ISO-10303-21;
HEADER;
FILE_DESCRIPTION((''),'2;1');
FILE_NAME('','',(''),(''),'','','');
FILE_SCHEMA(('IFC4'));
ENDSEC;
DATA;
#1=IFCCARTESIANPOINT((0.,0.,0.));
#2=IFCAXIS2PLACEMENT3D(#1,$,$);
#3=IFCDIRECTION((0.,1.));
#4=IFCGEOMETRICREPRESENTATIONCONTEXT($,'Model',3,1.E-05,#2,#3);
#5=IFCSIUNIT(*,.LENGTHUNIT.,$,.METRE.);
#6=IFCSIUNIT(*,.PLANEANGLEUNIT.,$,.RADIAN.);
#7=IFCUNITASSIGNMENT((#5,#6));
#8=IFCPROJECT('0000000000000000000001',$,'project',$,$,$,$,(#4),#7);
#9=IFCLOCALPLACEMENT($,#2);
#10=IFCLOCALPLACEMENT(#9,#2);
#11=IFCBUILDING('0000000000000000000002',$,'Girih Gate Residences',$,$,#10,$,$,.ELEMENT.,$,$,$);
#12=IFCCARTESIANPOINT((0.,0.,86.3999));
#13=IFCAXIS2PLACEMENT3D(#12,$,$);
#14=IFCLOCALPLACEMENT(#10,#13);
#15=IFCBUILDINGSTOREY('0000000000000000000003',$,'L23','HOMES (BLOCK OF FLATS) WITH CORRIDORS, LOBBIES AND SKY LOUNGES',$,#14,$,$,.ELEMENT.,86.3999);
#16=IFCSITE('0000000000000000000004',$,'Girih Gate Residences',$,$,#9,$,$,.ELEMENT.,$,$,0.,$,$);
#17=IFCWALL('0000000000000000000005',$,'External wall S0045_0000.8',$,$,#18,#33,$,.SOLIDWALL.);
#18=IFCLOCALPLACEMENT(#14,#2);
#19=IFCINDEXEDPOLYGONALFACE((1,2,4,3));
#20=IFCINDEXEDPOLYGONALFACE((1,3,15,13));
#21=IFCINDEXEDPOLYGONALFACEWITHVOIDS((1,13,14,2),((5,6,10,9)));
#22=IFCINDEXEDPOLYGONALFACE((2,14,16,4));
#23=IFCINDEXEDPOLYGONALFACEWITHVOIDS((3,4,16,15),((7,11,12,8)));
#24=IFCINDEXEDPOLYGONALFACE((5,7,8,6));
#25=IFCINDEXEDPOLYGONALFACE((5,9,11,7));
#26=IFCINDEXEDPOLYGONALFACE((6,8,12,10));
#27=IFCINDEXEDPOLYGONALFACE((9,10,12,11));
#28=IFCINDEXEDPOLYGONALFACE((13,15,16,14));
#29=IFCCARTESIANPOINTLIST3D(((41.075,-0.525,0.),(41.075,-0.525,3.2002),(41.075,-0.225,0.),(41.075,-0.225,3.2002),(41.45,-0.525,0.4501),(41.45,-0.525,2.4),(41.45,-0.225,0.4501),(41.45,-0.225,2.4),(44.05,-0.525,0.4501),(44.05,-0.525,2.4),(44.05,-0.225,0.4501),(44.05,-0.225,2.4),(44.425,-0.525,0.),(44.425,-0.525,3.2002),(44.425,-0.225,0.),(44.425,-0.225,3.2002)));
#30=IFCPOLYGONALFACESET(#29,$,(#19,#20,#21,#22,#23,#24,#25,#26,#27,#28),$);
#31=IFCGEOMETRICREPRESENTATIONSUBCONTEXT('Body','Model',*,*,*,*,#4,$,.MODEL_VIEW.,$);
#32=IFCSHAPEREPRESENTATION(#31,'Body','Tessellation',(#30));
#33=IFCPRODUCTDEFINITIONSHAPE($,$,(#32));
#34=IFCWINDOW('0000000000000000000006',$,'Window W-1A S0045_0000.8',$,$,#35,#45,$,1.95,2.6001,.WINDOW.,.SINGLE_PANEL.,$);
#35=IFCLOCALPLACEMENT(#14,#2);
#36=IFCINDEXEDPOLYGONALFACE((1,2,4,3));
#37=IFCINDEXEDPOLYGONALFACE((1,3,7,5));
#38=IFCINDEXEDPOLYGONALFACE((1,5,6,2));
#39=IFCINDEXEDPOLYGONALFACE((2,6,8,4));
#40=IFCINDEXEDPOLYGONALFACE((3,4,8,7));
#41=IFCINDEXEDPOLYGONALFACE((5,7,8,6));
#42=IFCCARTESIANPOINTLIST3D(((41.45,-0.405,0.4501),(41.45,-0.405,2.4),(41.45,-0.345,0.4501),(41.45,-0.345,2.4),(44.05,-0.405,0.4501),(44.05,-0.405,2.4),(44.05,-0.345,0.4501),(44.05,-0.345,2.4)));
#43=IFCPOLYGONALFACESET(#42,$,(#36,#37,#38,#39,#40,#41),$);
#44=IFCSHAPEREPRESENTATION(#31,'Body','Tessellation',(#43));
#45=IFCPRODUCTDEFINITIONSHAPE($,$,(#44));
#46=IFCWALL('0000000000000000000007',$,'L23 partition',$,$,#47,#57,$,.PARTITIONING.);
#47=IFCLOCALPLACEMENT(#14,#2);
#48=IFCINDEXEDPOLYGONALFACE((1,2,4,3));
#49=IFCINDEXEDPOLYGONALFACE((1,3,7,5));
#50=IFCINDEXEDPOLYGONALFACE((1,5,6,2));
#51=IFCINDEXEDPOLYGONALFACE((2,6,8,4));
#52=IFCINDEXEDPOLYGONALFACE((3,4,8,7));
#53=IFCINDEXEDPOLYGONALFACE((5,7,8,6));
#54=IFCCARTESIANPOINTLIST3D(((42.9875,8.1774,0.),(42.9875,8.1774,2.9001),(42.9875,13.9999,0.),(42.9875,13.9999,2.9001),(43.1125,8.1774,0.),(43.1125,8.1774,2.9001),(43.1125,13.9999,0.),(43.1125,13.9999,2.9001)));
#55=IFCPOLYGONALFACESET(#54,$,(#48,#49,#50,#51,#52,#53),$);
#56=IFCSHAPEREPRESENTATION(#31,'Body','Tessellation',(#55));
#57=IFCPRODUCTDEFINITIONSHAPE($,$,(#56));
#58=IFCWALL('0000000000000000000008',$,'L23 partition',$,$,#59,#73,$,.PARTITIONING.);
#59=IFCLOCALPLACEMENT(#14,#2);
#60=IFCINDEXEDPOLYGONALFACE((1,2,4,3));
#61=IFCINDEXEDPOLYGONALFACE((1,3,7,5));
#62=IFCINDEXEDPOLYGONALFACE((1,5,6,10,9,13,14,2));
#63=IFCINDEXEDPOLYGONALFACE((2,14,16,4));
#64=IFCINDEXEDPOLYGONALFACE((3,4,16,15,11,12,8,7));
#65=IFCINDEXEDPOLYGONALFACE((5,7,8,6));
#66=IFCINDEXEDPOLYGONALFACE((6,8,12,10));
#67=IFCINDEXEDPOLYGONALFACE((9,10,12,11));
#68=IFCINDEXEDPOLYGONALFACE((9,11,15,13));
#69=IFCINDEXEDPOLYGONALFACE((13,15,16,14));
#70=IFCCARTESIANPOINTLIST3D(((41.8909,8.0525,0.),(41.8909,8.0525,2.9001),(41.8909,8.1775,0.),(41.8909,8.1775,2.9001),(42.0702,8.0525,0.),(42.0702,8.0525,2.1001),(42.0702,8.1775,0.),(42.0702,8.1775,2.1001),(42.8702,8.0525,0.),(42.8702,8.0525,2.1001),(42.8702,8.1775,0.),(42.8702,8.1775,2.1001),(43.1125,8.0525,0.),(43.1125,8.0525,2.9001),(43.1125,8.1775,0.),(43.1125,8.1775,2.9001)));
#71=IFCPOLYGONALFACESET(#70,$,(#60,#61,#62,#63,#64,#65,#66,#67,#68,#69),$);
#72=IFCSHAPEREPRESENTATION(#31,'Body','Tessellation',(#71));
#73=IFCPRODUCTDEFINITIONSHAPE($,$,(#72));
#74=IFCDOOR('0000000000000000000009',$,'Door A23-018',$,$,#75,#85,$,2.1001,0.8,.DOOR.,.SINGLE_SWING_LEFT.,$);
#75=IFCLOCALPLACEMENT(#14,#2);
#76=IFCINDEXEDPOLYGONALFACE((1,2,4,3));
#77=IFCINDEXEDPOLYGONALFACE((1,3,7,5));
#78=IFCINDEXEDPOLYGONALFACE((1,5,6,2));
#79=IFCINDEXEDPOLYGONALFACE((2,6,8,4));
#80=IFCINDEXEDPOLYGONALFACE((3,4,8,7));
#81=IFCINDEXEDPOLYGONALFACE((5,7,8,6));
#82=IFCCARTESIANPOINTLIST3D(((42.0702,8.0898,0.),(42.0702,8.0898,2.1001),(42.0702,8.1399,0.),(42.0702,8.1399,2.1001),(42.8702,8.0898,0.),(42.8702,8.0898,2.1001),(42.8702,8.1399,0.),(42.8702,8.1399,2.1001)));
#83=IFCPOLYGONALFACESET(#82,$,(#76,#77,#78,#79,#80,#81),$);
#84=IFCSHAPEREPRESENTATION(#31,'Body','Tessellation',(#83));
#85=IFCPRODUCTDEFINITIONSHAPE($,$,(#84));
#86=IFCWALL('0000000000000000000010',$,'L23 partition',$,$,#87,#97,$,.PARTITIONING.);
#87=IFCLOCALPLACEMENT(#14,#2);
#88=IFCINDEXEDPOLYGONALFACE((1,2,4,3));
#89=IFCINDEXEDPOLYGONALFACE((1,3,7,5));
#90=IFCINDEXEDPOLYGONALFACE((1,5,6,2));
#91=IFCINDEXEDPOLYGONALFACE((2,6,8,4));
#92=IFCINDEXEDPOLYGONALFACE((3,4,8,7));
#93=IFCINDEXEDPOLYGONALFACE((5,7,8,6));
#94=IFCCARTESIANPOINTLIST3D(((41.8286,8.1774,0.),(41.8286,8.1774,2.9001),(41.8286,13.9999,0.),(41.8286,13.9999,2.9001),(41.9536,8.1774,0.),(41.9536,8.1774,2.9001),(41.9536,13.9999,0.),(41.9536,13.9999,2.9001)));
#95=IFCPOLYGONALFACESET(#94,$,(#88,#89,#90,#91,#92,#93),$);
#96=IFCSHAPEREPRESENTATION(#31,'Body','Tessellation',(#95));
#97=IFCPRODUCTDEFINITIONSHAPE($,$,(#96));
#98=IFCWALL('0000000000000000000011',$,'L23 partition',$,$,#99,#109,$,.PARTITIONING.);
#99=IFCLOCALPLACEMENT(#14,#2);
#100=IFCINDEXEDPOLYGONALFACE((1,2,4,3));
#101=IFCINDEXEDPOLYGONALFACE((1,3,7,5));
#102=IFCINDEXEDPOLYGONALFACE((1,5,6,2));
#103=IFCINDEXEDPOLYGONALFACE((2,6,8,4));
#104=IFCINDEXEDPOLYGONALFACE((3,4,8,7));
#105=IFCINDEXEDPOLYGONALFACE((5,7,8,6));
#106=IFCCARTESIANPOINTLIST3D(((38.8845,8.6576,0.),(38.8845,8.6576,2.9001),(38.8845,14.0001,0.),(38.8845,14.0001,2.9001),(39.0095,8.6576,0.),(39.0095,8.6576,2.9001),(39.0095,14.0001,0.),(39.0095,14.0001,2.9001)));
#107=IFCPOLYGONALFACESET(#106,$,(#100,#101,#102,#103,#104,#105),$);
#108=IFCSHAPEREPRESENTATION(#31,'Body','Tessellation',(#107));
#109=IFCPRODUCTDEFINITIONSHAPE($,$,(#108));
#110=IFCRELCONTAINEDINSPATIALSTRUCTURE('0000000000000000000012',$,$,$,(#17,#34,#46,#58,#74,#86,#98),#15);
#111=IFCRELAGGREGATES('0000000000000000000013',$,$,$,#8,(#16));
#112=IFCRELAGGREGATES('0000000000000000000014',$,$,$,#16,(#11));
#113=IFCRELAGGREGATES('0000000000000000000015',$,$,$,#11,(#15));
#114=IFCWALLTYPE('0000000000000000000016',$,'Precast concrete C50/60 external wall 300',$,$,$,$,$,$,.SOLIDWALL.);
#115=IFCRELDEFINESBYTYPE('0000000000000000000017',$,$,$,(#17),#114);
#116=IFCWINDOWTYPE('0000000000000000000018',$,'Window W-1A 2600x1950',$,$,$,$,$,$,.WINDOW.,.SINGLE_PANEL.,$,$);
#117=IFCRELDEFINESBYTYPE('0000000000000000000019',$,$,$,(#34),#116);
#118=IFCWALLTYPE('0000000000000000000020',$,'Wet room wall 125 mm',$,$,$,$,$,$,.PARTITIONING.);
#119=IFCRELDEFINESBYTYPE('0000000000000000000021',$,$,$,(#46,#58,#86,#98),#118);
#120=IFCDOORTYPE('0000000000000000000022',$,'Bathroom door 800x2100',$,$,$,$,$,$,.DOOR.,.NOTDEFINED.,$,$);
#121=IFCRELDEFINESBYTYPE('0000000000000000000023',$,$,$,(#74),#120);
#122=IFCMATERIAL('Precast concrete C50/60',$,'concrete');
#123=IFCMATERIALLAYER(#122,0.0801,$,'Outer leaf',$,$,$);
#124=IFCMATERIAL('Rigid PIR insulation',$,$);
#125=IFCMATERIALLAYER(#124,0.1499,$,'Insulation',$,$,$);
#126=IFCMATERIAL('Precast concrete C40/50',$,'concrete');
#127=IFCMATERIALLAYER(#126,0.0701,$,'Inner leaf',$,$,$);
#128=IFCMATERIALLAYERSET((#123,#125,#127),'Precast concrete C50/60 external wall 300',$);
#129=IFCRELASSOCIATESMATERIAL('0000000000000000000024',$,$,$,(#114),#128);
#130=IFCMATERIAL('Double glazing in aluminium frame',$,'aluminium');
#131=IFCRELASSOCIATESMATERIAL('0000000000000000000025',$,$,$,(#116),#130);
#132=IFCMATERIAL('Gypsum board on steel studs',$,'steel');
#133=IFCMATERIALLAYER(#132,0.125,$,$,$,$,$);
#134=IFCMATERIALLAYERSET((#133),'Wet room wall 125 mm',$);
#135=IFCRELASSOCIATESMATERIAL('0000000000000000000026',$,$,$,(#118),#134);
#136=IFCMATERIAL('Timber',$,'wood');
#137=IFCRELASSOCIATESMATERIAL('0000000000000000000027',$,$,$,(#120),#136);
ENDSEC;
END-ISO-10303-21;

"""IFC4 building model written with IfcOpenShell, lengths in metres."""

from ifc_helpers import new_model, si_unit, direction, frame, frame_2d, origin, place, context, subcontext, project, spatial, rectangle, extrude, material, layer, layer_set, type_object, element, fill, save


model = new_model("IFC4")

# Units and contexts
model_context = context("Model", 3, precision=1e-05, world=origin(), true_north=direction((0.0, 1.0)))
body_context = subcontext(model_context, "Body", "Model", "MODEL_VIEW")
ifc_project = project(units=[si_unit("LENGTHUNIT", "METRE"), si_unit("PLANEANGLEUNIT", "RADIAN")], contexts=[model_context])

# Site, building, storey
site_placement = place(None, origin())
site = spatial("IfcSite", under=ifc_project, at=site_placement, Name="Girih Gate Residences", CompositionType="ELEMENT", RefElevation=0.0)
building_placement = place(site_placement, origin())
building = spatial("IfcBuilding", under=site, at=building_placement, Name="Girih Gate Residences", CompositionType="ELEMENT")
storey_placement = place(building_placement, frame((0.0, 0.0, 86.3999)))
storey = spatial("IfcBuildingStorey", under=building, at=storey_placement, Name="L23", Description="HOMES (BLOCK OF FLATS) WITH CORRIDORS, LOBBIES AND SKY LOUNGES", CompositionType="ELEMENT", Elevation=86.3999)

# Shared definitions
ifc_material_1 = material(Name="Gypsum board on steel studs", Category="steel")
ifc_material_2 = material(Name="Timber", Category="wood")

# Wall, opening, window
ifc_material_3 = material(Name="Precast concrete C50/60", Category="concrete")
ifc_layer_1 = layer(ifc_material_3, 0.0801, Name="Outer leaf")
ifc_material_4 = material(Name="Rigid PIR insulation")
ifc_layer_2 = layer(ifc_material_4, 0.1499, Name="Insulation")
ifc_material_5 = material(Name="Precast concrete C40/50", Category="concrete")
ifc_layer_3 = layer(ifc_material_5, 0.0701, Name="Inner leaf")
ifc_layer_set_1 = layer_set([ifc_layer_1, ifc_layer_2, ifc_layer_3], Name="Precast concrete C50/60 external wall 300")
wall_type_1 = type_object("IfcWallType", Name="Precast concrete C50/60 external wall 300", PredefinedType="SOLIDWALL", material=ifc_layer_set_1)
ifc_material_6 = material(Name="Double glazing in aluminium frame", Category="aluminium")
window_type = type_object("IfcWindowType", Name="Window W-1A 2600x1950", PartitioningType="SINGLE_PANEL", PredefinedType="WINDOW", material=ifc_material_6)
wall_1_placement = place(storey_placement, frame((44.425, -0.375, 0.0), z_axis=(0.0, 0.0, 1.0), x_axis=(-1.0, 0.0, 0.0)))
wall_1 = element("IfcWall", 1, at=wall_1_placement, inside=storey, type_object=wall_type_1, Name="External wall S0045_0000.8", PredefinedType="SOLIDWALL", context=body_context, shape_type="SweptSolid", body=[
    extrude(rectangle(XDim=3.3501, YDim=0.3, at=frame_2d((1.675, 0.0))), origin(), (0.0, 0.0, 1.0), 3.2002),
])
opening_1_placement = place(wall_1_placement, frame((0.375, 0.0, 0.45)))
opening_1 = element("IfcOpeningElement", 2, at=opening_1_placement, cuts=wall_1, PredefinedType="OPENING", context=body_context, shape_type="SweptSolid", body=[
    extrude(rectangle(XDim=2.6001, YDim=1.95, at=frame_2d((1.3, 0.9751))), frame((0.0, 0.1599, 0.0), z_axis=(0.0, -1.0, 0.0), x_axis=(1.0, 0.0, 0.0)), (0.0, 0.0, 1.0), 0.3201),
])
window_1_placement = place(opening_1_placement, origin())
window_1 = element("IfcWindow", 3, at=window_1_placement, inside=storey, type_object=window_type, Name="Window W-1A S0045_0000.8", OverallHeight=1.95, OverallWidth=2.6001, PartitioningType="SINGLE_PANEL", PredefinedType="WINDOW", context=body_context, shape_type="SweptSolid", body=[
    extrude(rectangle(XDim=2.6001, YDim=1.95, at=frame_2d((1.3, 0.9751))), frame((0.0, 0.03, 0.0), z_axis=(0.0, -1.0, 0.0), x_axis=(1.0, 0.0, 0.0)), (0.0, 0.0, 1.0), 0.0601),
])
fill(opening_1, window_1)

# Wall
ifc_layer_4 = layer(ifc_material_1, 0.125)
ifc_layer_set_2 = layer_set([ifc_layer_4], Name="Wet room wall 125 mm")
wall_type_2 = type_object("IfcWallType", Name="Wet room wall 125 mm", PredefinedType="PARTITIONING", material=ifc_layer_set_2)
wall_2_placement = place(storey_placement, frame((43.05, 8.1775, 0.0), z_axis=(0.0, 0.0, 1.0), x_axis=(0.0, 1.0, 0.0)))
element("IfcWall", 4, at=wall_2_placement, inside=storey, type_object=wall_type_2, Name="L23 partition", PredefinedType="PARTITIONING", context=body_context, shape_type="SweptSolid", body=[
    extrude(rectangle(XDim=5.8225, YDim=0.125, at=frame_2d((2.9111, 0.0))), origin(), (0.0, 0.0, 1.0), 2.9001),
])

# Wall, opening, door
wall_3_placement = place(storey_placement, frame((41.8909, 8.115, 0.0), z_axis=(0.0, 0.0, 1.0), x_axis=(1.0, 0.0, 0.0)))
wall_3 = element("IfcWall", 5, at=wall_3_placement, inside=storey, type_object=wall_type_2, Name="L23 partition", PredefinedType="PARTITIONING", context=body_context, shape_type="SweptSolid", body=[
    extrude(rectangle(XDim=1.2217, YDim=0.125, at=frame_2d((0.6108, 0.0))), origin(), (0.0, 0.0, 1.0), 2.9001),
])
opening_2_placement = place(wall_3_placement, frame((0.1794, 0.0, 0.0)))
opening_2 = element("IfcOpeningElement", 6, at=opening_2_placement, cuts=wall_3, PredefinedType="OPENING", context=body_context, shape_type="SweptSolid", body=[
    extrude(rectangle(XDim=0.8, YDim=2.1001, at=frame_2d((0.3999, 1.05))), frame((0.0, 0.0725, 0.0), z_axis=(0.0, -1.0, 0.0), x_axis=(1.0, 0.0, 0.0)), (0.0, 0.0, 1.0), 0.145),
])
door_type_1 = type_object("IfcDoorType", Name="Bathroom door 800x2100", OperationType="NOTDEFINED", PredefinedType="DOOR", material=ifc_material_2)
door_1_placement = place(opening_2_placement, origin())
door_1 = element("IfcDoor", 7, at=door_1_placement, inside=storey, type_object=door_type_1, Name="Door A23-018", OperationType="SINGLE_SWING_LEFT", OverallHeight=2.1001, OverallWidth=0.8, PredefinedType="DOOR", context=body_context, shape_type="SweptSolid", body=[
    extrude(rectangle(XDim=0.8, YDim=2.1001, at=frame_2d((0.3999, 1.05))), frame((0.0, 0.0249, 0.0), z_axis=(0.0, -1.0, 0.0), x_axis=(1.0, 0.0, 0.0)), (0.0, 0.0, 1.0), 0.05),
])
fill(opening_2, door_1)

# Walls
wall_4_placement = place(storey_placement, frame((41.8911, 8.1775, 0.0), z_axis=(0.0, 0.0, 1.0), x_axis=(0.0, 1.0, 0.0)))
element("IfcWall", 8, at=wall_4_placement, inside=storey, type_object=wall_type_2, Name="L23 partition", PredefinedType="PARTITIONING", context=body_context, shape_type="SweptSolid", body=[
    extrude(rectangle(XDim=5.8225, YDim=0.125, at=frame_2d((2.9111, 0.0))), origin(), (0.0, 0.0, 1.0), 2.9001),
])
wall_5_placement = place(storey_placement, frame((38.947, 8.6575, 0.0), z_axis=(0.0, 0.0, 1.0), x_axis=(0.0, 1.0, 0.0)))
element("IfcWall", 9, at=wall_5_placement, inside=storey, type_object=wall_type_2, Name="L23 partition", PredefinedType="PARTITIONING", context=body_context, shape_type="SweptSolid", body=[
    extrude(rectangle(XDim=5.3425, YDim=0.125, at=frame_2d((2.6714, 0.0))), origin(), (0.0, 0.0, 1.0), 2.9001),
])

save(model, "model.ifc")
